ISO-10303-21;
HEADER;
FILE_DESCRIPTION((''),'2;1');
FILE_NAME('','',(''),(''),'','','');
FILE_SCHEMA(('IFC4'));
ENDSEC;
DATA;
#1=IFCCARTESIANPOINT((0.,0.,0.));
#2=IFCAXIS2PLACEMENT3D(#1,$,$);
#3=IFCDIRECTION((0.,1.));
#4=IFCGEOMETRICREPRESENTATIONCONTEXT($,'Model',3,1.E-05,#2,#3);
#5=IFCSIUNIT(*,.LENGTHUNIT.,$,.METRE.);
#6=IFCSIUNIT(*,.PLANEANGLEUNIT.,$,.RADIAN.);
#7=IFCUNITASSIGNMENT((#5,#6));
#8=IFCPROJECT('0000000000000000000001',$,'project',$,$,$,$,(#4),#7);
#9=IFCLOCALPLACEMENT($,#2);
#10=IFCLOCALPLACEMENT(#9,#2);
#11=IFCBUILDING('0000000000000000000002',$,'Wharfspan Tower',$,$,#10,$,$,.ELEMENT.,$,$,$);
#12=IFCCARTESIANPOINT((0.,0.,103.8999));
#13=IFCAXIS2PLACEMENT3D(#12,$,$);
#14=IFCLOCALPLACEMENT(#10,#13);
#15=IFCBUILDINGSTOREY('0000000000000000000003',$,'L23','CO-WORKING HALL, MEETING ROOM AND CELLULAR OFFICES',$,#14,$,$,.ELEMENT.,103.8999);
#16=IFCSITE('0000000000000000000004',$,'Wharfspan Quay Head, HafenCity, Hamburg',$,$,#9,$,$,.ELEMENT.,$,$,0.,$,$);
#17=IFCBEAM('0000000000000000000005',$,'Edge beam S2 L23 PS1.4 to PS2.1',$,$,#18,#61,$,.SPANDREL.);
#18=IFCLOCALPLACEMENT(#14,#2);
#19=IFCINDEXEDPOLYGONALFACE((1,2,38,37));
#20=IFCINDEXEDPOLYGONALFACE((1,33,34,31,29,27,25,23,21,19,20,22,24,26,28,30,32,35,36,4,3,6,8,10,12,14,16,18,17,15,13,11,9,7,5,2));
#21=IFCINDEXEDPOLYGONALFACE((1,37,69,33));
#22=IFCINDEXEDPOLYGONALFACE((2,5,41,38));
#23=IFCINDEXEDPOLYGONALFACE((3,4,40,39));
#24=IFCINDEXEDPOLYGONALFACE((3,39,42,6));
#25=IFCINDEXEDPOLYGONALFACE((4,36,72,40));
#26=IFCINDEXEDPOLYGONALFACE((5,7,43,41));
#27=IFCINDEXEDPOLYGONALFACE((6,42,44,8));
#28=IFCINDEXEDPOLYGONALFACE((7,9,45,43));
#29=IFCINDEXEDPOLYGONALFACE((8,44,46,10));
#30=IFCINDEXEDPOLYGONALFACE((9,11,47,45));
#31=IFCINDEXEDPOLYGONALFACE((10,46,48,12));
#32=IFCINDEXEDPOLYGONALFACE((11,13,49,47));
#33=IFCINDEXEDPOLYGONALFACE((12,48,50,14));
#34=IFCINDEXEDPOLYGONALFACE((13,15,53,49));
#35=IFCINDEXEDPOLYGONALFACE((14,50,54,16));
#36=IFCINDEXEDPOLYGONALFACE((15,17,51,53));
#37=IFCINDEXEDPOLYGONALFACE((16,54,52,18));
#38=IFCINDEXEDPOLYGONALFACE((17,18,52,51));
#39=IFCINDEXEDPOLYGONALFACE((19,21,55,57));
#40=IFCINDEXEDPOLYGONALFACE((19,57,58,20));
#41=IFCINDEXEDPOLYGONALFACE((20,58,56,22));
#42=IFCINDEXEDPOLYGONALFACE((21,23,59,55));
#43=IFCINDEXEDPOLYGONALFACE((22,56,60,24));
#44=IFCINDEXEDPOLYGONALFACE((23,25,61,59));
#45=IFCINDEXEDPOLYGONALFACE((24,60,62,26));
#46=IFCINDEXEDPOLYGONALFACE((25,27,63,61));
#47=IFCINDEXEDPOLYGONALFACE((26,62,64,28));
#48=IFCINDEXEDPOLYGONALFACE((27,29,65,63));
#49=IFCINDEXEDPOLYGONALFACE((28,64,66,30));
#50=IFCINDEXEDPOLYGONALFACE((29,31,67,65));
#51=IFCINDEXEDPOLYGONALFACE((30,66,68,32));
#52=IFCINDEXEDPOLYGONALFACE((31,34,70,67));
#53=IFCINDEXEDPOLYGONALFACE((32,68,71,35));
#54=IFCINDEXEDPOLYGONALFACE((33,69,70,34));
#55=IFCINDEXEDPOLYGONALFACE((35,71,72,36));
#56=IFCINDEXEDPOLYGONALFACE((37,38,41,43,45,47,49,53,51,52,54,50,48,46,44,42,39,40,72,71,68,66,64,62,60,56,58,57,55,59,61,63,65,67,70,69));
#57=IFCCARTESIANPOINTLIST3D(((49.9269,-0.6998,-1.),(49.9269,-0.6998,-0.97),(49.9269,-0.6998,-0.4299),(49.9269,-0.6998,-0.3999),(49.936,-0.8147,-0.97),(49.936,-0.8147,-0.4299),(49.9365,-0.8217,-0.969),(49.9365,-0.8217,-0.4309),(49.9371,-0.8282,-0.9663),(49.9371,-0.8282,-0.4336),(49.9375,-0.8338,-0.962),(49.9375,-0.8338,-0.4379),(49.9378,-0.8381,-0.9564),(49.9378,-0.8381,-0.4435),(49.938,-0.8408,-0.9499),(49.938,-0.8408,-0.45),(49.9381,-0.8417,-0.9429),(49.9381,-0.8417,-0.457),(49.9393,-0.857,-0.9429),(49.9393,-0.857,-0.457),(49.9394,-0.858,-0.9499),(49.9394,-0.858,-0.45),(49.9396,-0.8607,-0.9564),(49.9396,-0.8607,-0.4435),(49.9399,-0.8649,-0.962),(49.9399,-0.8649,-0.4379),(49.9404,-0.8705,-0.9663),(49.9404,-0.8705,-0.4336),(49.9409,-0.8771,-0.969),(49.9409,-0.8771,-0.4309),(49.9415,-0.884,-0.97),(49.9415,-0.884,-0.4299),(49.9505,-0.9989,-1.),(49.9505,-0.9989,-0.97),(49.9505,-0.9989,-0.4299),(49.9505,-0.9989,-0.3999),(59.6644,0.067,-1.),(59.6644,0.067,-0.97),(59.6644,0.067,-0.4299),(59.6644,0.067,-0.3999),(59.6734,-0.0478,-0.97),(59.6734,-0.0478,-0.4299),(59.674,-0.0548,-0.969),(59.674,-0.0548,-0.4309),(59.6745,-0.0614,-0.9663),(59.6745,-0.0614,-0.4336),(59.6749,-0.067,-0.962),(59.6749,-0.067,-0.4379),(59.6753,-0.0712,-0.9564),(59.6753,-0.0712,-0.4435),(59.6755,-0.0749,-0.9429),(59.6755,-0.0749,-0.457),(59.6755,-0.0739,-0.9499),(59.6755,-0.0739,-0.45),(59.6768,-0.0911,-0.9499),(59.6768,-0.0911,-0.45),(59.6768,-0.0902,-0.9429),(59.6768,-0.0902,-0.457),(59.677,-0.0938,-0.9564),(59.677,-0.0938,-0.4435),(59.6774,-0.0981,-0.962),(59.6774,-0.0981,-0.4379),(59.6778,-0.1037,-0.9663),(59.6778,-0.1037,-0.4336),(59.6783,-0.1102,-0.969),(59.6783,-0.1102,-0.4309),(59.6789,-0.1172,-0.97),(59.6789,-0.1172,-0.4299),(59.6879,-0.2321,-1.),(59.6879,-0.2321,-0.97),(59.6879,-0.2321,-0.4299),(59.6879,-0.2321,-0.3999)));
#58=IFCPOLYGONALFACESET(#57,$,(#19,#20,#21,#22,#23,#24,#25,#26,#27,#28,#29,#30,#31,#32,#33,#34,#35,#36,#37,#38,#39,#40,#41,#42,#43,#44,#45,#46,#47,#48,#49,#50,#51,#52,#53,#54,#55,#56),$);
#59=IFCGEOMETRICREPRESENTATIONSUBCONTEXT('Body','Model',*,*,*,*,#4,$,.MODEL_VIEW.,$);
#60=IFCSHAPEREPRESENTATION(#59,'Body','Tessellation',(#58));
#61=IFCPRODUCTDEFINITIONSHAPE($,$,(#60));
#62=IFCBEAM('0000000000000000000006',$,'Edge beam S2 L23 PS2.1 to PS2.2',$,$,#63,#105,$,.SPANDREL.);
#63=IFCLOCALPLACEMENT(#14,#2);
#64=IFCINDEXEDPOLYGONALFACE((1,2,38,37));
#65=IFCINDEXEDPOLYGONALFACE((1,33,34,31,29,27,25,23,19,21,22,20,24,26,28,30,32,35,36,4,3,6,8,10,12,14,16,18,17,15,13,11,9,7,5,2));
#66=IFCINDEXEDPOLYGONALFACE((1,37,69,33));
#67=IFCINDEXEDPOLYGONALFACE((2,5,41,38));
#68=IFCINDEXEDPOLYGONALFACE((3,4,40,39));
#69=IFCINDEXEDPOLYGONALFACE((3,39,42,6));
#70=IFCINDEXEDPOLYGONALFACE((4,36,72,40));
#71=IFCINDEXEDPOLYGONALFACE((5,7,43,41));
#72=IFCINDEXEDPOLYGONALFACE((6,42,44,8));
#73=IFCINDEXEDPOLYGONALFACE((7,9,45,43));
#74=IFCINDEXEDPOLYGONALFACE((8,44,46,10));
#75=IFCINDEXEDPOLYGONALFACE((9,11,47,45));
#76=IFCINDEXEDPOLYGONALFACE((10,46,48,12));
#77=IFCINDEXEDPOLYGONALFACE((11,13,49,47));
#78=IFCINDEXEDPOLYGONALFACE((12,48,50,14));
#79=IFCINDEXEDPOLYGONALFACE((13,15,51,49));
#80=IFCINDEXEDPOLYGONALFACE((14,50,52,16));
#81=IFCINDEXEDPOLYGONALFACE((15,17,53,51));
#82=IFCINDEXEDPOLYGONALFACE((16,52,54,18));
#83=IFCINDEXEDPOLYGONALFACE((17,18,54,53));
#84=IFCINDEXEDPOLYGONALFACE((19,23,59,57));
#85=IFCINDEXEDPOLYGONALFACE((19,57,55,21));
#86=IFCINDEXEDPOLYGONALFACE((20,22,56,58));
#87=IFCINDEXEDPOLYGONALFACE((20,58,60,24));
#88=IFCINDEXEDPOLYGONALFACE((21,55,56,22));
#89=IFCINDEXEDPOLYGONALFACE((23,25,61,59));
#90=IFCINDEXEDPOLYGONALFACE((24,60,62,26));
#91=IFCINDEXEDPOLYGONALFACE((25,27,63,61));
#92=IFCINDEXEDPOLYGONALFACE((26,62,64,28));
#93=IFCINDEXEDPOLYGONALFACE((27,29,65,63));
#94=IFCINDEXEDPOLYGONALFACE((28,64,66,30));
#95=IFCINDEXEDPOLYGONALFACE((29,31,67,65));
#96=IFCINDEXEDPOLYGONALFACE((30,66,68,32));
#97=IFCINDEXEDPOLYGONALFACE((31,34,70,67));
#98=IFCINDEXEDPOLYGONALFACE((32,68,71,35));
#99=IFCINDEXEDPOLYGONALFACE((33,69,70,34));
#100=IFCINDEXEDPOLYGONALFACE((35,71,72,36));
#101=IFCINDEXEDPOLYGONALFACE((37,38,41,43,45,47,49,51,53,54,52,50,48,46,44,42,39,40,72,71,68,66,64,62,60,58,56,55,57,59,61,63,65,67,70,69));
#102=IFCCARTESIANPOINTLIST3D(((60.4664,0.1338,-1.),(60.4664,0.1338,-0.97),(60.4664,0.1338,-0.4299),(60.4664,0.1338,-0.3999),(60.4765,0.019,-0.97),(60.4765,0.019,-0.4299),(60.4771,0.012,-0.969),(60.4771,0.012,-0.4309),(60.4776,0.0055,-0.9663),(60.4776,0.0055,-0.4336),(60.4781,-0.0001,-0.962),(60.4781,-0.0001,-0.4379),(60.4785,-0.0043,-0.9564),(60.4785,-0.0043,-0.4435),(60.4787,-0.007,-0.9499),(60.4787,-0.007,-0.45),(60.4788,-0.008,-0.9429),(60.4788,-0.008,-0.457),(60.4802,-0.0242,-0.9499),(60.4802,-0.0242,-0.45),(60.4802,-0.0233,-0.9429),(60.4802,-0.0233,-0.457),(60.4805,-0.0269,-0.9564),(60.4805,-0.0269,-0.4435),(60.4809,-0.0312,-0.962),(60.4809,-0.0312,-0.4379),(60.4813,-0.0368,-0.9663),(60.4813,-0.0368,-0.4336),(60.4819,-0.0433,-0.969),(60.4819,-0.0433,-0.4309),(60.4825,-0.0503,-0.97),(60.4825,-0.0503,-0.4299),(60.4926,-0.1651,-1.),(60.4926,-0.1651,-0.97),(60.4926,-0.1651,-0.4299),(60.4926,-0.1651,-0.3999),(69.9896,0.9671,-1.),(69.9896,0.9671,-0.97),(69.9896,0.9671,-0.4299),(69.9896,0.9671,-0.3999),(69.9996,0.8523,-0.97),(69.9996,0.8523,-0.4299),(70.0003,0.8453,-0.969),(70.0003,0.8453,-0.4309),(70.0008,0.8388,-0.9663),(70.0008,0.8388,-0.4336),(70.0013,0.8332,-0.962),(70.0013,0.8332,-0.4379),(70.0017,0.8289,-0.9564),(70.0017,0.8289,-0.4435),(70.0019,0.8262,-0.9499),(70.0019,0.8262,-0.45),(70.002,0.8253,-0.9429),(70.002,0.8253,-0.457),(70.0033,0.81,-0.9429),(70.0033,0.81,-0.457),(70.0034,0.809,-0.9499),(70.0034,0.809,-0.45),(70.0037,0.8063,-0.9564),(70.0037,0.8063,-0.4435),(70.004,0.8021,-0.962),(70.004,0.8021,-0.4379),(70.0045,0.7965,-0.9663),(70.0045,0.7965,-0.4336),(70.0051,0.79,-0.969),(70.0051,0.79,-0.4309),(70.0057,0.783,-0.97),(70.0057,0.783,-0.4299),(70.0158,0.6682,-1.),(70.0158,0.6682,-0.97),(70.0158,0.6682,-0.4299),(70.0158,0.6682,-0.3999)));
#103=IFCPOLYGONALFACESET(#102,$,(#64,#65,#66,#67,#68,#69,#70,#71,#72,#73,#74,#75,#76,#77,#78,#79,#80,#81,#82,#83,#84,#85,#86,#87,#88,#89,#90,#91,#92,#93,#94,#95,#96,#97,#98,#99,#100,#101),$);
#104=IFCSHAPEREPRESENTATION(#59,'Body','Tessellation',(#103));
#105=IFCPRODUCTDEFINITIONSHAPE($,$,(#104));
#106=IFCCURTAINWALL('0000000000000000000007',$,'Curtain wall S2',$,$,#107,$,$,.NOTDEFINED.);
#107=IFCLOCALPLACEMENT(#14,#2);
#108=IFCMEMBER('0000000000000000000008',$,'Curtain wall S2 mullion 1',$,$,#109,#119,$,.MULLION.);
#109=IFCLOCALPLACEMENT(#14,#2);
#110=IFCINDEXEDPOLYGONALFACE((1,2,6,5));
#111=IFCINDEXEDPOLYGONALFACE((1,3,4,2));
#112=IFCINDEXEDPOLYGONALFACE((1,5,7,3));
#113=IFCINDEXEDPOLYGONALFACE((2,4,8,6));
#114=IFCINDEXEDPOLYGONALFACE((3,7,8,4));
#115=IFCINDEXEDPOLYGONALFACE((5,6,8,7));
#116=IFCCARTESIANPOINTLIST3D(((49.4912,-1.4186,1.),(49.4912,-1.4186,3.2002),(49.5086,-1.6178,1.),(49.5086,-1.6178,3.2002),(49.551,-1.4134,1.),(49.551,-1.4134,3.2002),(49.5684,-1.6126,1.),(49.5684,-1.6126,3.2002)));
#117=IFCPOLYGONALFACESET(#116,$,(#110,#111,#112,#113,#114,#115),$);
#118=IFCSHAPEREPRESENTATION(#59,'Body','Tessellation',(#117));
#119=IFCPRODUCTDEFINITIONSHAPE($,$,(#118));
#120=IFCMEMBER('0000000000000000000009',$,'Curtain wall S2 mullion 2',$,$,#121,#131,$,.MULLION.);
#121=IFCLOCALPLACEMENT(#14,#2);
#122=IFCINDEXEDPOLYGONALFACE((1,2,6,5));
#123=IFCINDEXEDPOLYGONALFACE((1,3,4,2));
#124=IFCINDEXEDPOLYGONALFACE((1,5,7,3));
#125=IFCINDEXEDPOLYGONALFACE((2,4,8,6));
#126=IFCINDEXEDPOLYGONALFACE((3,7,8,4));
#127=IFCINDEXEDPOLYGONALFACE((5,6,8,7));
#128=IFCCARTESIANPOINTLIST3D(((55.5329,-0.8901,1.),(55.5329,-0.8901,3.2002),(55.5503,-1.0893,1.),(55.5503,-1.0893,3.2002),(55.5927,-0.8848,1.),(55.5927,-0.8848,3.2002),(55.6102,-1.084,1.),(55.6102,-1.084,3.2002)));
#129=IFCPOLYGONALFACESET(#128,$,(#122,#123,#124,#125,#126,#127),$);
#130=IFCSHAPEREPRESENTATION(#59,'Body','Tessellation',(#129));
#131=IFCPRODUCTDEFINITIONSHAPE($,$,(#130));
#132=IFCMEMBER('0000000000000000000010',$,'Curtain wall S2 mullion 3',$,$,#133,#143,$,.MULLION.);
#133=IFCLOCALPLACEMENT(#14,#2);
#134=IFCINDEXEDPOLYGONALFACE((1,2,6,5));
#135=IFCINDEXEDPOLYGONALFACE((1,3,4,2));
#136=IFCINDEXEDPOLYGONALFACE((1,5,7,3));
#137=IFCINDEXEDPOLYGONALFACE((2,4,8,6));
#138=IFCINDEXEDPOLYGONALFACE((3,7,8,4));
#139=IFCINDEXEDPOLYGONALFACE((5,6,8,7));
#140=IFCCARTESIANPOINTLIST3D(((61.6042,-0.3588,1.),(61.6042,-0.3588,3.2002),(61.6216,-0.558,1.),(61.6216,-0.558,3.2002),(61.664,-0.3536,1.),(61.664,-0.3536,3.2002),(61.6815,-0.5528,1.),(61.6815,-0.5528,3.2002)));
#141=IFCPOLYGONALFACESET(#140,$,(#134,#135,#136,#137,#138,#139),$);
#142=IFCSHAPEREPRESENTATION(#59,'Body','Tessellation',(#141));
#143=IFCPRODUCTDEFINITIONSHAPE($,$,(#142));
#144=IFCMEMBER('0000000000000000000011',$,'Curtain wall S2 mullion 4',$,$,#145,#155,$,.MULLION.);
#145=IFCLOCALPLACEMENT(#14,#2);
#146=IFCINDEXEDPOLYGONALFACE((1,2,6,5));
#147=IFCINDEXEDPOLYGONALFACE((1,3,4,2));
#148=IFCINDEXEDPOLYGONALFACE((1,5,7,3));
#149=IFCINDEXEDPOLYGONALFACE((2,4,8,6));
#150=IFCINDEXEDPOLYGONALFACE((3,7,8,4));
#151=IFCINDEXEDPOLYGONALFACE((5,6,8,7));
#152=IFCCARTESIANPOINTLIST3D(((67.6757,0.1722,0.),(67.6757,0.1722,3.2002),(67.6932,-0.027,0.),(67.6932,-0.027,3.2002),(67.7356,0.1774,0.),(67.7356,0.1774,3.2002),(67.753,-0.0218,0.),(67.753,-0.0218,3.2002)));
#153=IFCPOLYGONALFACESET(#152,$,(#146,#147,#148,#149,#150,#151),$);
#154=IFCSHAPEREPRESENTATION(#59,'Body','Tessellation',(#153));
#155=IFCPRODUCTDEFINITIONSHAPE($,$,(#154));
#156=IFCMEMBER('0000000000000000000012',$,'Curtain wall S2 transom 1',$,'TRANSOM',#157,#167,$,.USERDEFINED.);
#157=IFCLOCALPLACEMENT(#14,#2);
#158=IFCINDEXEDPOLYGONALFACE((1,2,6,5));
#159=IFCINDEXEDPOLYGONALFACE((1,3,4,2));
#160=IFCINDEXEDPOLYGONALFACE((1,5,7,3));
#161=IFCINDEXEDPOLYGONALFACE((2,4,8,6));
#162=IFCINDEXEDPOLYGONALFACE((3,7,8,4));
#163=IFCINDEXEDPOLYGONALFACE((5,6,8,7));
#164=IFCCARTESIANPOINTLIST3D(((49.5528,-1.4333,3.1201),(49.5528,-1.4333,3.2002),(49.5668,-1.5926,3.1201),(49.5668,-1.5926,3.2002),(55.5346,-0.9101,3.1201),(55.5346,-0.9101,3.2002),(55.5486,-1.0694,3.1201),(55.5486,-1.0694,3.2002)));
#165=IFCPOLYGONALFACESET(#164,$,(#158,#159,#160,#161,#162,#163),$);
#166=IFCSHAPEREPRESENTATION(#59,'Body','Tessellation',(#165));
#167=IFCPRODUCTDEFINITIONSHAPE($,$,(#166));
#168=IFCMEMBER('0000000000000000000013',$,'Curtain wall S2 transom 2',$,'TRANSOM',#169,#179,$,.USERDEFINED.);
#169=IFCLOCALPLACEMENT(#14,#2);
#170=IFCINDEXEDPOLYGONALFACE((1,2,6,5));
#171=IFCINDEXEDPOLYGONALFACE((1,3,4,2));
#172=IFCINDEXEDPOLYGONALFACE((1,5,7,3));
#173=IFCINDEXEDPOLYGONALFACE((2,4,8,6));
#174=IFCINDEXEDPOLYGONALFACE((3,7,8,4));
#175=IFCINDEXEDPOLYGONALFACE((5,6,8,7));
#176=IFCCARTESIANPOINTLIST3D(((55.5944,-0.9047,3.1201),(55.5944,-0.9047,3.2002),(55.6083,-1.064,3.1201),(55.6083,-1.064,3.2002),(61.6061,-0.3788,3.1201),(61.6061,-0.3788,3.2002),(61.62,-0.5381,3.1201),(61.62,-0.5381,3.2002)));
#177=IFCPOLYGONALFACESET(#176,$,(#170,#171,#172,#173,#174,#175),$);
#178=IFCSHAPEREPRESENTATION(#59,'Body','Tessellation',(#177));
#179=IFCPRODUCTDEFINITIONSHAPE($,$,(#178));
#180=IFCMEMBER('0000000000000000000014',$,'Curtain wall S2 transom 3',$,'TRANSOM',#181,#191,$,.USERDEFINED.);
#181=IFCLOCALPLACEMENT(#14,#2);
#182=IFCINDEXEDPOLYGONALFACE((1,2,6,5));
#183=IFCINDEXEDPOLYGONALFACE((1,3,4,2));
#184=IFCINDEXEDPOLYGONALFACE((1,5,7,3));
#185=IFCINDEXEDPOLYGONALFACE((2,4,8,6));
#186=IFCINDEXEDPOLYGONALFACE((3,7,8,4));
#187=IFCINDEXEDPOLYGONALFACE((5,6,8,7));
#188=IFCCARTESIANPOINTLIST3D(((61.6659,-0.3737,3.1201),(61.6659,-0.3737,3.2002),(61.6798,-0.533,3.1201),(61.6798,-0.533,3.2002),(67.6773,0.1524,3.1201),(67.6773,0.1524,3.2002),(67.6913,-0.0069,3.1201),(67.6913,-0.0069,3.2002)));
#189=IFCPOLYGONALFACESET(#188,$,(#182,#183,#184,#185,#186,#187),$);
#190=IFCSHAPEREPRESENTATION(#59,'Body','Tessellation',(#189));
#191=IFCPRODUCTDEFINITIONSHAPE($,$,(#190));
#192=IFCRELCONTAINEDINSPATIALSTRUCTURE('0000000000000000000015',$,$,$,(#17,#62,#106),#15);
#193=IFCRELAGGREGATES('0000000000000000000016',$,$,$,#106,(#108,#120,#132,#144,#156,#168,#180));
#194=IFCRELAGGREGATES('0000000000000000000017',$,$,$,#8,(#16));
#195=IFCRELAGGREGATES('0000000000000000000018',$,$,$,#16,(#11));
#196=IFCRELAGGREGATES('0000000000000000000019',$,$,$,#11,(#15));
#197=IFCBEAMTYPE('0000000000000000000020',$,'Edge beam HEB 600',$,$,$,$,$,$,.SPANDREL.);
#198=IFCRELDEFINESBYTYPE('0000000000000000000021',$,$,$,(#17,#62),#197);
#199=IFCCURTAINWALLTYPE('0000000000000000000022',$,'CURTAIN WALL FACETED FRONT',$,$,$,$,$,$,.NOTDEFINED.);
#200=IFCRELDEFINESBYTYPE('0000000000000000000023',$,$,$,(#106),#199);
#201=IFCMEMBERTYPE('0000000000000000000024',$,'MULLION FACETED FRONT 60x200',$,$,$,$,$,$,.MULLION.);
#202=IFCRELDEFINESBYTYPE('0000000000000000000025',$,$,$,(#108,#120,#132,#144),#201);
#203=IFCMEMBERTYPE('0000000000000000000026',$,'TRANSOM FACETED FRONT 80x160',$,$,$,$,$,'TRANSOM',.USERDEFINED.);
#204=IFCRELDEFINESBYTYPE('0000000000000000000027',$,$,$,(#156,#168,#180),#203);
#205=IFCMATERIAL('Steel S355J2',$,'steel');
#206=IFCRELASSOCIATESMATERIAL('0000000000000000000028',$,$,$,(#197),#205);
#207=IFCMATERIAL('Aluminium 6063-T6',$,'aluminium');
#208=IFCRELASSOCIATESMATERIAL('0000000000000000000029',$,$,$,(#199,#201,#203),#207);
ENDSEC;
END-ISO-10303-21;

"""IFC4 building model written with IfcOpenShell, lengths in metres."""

from ifc_helpers import new_model, si_unit, direction, frame, origin, origin_2d, place, context, subcontext, project, spatial, rectangle, i_section, extrude, material, material_profile, profile_set, type_object, element, aggregate, save


model = new_model("IFC4")

# Units and contexts
model_context = context("Model", 3, precision=1e-05, world=origin(), true_north=direction((0.0, 1.0)))
body_context = subcontext(model_context, "Body", "Model", "MODEL_VIEW")
ifc_project = project(units=[si_unit("LENGTHUNIT", "METRE"), si_unit("PLANEANGLEUNIT", "RADIAN")], contexts=[model_context])

# Site, building, storey
site_placement = place(None, origin())
site = spatial("IfcSite", under=ifc_project, at=site_placement, Name="Wharfspan Quay Head, HafenCity, Hamburg", CompositionType="ELEMENT", RefElevation=0.0)
building_placement = place(site_placement, origin())
building = spatial("IfcBuilding", under=site, at=building_placement, Name="Wharfspan Tower", CompositionType="ELEMENT")
storey_placement = place(building_placement, frame((0.0, 0.0, 103.8999)))
storey = spatial("IfcBuildingStorey", under=building, at=storey_placement, Name="L23", Description="CO-WORKING HALL, MEETING ROOM AND CELLULAR OFFICES", CompositionType="ELEMENT", Elevation=103.8999)

# Shared definitions
ifc_material_1 = material(Name="Steel S355J2", Category="steel")

# Beams
ifc_material_profile_1 = material_profile(ifc_material_1, i_section(OverallWidth=0.3, OverallDepth=0.6001, WebThickness=0.0154, FlangeThickness=0.03, FilletRadius=0.0271, at=origin_2d()))
ifc_profile_set_1 = profile_set([ifc_material_profile_1], Name="Steel S355J2")
beam_type = type_object("IfcBeamType", Name="Edge beam HEB 600", PredefinedType="SPANDREL", material=ifc_profile_set_1)
beam_1_placement = place(storey_placement, frame((49.9387, -0.8494, -0.7), z_axis=(0.996913, 0.078508, 0.0), x_axis=(-0.078508, 0.996913, 0.0)))
element("IfcBeam", 1, at=beam_1_placement, inside=storey, type_object=beam_type, Name="Edge beam S2 L23 PS1.4 to PS2.1", PredefinedType="SPANDREL", context=body_context, shape_type="SweptSolid", body=[
    extrude(i_section(OverallWidth=0.3, OverallDepth=0.6001, WebThickness=0.0154, FlangeThickness=0.03, FilletRadius=0.0271, at=origin_2d()), origin(), (0.0, 0.0, 1.0), 9.7676),
])
beam_2_placement = place(storey_placement, frame((60.4795, -0.0156, -0.7), z_axis=(0.996194, 0.087164, 0.0), x_axis=(-0.087164, 0.996194, 0.0)))
element("IfcBeam", 2, at=beam_2_placement, inside=storey, type_object=beam_type, Name="Edge beam S2 L23 PS2.1 to PS2.2", PredefinedType="SPANDREL", context=body_context, shape_type="SweptSolid", body=[
    extrude(i_section(OverallWidth=0.3, OverallDepth=0.6001, WebThickness=0.0154, FlangeThickness=0.03, FilletRadius=0.0271, at=origin_2d()), origin(), (0.0, 0.0, 1.0), 9.5596),
])

# Curtain wall, members
ifc_material_2 = material(Name="Aluminium 6063-T6", Category="aluminium")
curtain_wall_type = type_object("IfcCurtainWallType", Name="CURTAIN WALL FACETED FRONT", PredefinedType="NOTDEFINED", material=ifc_material_2)
curtain_wall_placement = place(storey_placement, origin())
curtain_wall = element("IfcCurtainWall", 3, at=curtain_wall_placement, inside=storey, type_object=curtain_wall_type, Name="Curtain wall S2", PredefinedType="NOTDEFINED")
ifc_material_profile_2 = material_profile(ifc_material_2, rectangle(XDim=0.2, YDim=0.0601, at=origin_2d()))
ifc_profile_set_2 = profile_set([ifc_material_profile_2], Name="Aluminium 6063-T6")
member_type_1 = type_object("IfcMemberType", Name="MULLION FACETED FRONT 60x200", PredefinedType="MULLION", material=ifc_profile_set_2)
member_1_placement = place(storey_placement, frame((49.5298, -1.5156, 1.0), z_axis=(0.0, 0.0, 1.0), x_axis=(-0.087156, 0.996198, 0.0)))
member_1 = element("IfcMember", 4, at=member_1_placement, type_object=member_type_1, Name="Curtain wall S2 mullion 1", PredefinedType="MULLION", context=body_context, shape_type="SweptSolid", body=[
    extrude(rectangle(XDim=0.2, YDim=0.0601, at=origin_2d()), origin(), (0.0, 0.0, 1.0), 2.2002),
])
member_2_placement = place(storey_placement, frame((55.5715, -0.9871, 1.0), z_axis=(0.0, 0.0, 1.0), x_axis=(-0.087156, 0.996198, 0.0)))
member_2 = element("IfcMember", 5, at=member_2_placement, type_object=member_type_1, Name="Curtain wall S2 mullion 2", PredefinedType="MULLION", context=body_context, shape_type="SweptSolid", body=[
    extrude(rectangle(XDim=0.2, YDim=0.0601, at=origin_2d()), origin(), (0.0, 0.0, 1.0), 2.2002),
])
member_3_placement = place(storey_placement, frame((61.6428, -0.4558, 1.0), z_axis=(0.0, 0.0, 1.0), x_axis=(-0.087156, 0.996198, 0.0)))
member_3 = element("IfcMember", 6, at=member_3_placement, type_object=member_type_1, Name="Curtain wall S2 mullion 3", PredefinedType="MULLION", context=body_context, shape_type="SweptSolid", body=[
    extrude(rectangle(XDim=0.2, YDim=0.0601, at=origin_2d()), origin(), (0.0, 0.0, 1.0), 2.2002),
])
member_4_placement = place(storey_placement, frame((67.7144, 0.0752, 0.0), z_axis=(0.0, 0.0, 1.0), x_axis=(-0.087156, 0.996198, 0.0)))
member_4 = element("IfcMember", 7, at=member_4_placement, type_object=member_type_1, Name="Curtain wall S2 mullion 4", PredefinedType="MULLION", context=body_context, shape_type="SweptSolid", body=[
    extrude(rectangle(XDim=0.2, YDim=0.0601, at=origin_2d()), origin(), (0.0, 0.0, 1.0), 3.2002),
])
ifc_material_profile_3 = material_profile(ifc_material_2, rectangle(XDim=0.1599, YDim=0.0801, at=origin_2d()))
ifc_profile_set_3 = profile_set([ifc_material_profile_3], Name="Aluminium 6063-T6")
member_type_2 = type_object("IfcMemberType", Name="TRANSOM FACETED FRONT 80x160", ElementType="TRANSOM", PredefinedType="USERDEFINED", material=ifc_profile_set_3)
member_5_placement = place(storey_placement, frame((49.5598, -1.5129, 3.1602), z_axis=(0.996197, 0.087133, 0.0), x_axis=(-0.087133, 0.996197, 0.0)))
member_5 = element("IfcMember", 8, at=member_5_placement, type_object=member_type_2, Name="Curtain wall S2 transom 1", ObjectType="TRANSOM", PredefinedType="USERDEFINED", context=body_context, shape_type="SweptSolid", body=[
    extrude(rectangle(XDim=0.1599, YDim=0.0801, at=origin_2d()), origin(), (0.0, 0.0, 1.0), 6.0046),
])
member_6_placement = place(storey_placement, frame((55.6013, -0.9844, 3.1602), z_axis=(0.996196, 0.087143, 0.0), x_axis=(-0.087143, 0.996196, 0.0)))
member_6 = element("IfcMember", 9, at=member_6_placement, type_object=member_type_2, Name="Curtain wall S2 transom 2", ObjectType="TRANSOM", PredefinedType="USERDEFINED", context=body_context, shape_type="SweptSolid", body=[
    extrude(rectangle(XDim=0.1599, YDim=0.0801, at=origin_2d()), origin(), (0.0, 0.0, 1.0), 6.0347),
])
member_7_placement = place(storey_placement, frame((61.6729, -0.4534, 3.1602), z_axis=(0.996192, 0.087187, 0.0), x_axis=(-0.087187, 0.996192, 0.0)))
member_7 = element("IfcMember", 10, at=member_7_placement, type_object=member_type_2, Name="Curtain wall S2 transom 3", ObjectType="TRANSOM", PredefinedType="USERDEFINED", context=body_context, shape_type="SweptSolid", body=[
    extrude(rectangle(XDim=0.1599, YDim=0.0801, at=origin_2d()), origin(), (0.0, 0.0, 1.0), 6.0344),
])
aggregate(curtain_wall, [member_1, member_2, member_3, member_4, member_5, member_6, member_7])

save(model, "model.ifc")
